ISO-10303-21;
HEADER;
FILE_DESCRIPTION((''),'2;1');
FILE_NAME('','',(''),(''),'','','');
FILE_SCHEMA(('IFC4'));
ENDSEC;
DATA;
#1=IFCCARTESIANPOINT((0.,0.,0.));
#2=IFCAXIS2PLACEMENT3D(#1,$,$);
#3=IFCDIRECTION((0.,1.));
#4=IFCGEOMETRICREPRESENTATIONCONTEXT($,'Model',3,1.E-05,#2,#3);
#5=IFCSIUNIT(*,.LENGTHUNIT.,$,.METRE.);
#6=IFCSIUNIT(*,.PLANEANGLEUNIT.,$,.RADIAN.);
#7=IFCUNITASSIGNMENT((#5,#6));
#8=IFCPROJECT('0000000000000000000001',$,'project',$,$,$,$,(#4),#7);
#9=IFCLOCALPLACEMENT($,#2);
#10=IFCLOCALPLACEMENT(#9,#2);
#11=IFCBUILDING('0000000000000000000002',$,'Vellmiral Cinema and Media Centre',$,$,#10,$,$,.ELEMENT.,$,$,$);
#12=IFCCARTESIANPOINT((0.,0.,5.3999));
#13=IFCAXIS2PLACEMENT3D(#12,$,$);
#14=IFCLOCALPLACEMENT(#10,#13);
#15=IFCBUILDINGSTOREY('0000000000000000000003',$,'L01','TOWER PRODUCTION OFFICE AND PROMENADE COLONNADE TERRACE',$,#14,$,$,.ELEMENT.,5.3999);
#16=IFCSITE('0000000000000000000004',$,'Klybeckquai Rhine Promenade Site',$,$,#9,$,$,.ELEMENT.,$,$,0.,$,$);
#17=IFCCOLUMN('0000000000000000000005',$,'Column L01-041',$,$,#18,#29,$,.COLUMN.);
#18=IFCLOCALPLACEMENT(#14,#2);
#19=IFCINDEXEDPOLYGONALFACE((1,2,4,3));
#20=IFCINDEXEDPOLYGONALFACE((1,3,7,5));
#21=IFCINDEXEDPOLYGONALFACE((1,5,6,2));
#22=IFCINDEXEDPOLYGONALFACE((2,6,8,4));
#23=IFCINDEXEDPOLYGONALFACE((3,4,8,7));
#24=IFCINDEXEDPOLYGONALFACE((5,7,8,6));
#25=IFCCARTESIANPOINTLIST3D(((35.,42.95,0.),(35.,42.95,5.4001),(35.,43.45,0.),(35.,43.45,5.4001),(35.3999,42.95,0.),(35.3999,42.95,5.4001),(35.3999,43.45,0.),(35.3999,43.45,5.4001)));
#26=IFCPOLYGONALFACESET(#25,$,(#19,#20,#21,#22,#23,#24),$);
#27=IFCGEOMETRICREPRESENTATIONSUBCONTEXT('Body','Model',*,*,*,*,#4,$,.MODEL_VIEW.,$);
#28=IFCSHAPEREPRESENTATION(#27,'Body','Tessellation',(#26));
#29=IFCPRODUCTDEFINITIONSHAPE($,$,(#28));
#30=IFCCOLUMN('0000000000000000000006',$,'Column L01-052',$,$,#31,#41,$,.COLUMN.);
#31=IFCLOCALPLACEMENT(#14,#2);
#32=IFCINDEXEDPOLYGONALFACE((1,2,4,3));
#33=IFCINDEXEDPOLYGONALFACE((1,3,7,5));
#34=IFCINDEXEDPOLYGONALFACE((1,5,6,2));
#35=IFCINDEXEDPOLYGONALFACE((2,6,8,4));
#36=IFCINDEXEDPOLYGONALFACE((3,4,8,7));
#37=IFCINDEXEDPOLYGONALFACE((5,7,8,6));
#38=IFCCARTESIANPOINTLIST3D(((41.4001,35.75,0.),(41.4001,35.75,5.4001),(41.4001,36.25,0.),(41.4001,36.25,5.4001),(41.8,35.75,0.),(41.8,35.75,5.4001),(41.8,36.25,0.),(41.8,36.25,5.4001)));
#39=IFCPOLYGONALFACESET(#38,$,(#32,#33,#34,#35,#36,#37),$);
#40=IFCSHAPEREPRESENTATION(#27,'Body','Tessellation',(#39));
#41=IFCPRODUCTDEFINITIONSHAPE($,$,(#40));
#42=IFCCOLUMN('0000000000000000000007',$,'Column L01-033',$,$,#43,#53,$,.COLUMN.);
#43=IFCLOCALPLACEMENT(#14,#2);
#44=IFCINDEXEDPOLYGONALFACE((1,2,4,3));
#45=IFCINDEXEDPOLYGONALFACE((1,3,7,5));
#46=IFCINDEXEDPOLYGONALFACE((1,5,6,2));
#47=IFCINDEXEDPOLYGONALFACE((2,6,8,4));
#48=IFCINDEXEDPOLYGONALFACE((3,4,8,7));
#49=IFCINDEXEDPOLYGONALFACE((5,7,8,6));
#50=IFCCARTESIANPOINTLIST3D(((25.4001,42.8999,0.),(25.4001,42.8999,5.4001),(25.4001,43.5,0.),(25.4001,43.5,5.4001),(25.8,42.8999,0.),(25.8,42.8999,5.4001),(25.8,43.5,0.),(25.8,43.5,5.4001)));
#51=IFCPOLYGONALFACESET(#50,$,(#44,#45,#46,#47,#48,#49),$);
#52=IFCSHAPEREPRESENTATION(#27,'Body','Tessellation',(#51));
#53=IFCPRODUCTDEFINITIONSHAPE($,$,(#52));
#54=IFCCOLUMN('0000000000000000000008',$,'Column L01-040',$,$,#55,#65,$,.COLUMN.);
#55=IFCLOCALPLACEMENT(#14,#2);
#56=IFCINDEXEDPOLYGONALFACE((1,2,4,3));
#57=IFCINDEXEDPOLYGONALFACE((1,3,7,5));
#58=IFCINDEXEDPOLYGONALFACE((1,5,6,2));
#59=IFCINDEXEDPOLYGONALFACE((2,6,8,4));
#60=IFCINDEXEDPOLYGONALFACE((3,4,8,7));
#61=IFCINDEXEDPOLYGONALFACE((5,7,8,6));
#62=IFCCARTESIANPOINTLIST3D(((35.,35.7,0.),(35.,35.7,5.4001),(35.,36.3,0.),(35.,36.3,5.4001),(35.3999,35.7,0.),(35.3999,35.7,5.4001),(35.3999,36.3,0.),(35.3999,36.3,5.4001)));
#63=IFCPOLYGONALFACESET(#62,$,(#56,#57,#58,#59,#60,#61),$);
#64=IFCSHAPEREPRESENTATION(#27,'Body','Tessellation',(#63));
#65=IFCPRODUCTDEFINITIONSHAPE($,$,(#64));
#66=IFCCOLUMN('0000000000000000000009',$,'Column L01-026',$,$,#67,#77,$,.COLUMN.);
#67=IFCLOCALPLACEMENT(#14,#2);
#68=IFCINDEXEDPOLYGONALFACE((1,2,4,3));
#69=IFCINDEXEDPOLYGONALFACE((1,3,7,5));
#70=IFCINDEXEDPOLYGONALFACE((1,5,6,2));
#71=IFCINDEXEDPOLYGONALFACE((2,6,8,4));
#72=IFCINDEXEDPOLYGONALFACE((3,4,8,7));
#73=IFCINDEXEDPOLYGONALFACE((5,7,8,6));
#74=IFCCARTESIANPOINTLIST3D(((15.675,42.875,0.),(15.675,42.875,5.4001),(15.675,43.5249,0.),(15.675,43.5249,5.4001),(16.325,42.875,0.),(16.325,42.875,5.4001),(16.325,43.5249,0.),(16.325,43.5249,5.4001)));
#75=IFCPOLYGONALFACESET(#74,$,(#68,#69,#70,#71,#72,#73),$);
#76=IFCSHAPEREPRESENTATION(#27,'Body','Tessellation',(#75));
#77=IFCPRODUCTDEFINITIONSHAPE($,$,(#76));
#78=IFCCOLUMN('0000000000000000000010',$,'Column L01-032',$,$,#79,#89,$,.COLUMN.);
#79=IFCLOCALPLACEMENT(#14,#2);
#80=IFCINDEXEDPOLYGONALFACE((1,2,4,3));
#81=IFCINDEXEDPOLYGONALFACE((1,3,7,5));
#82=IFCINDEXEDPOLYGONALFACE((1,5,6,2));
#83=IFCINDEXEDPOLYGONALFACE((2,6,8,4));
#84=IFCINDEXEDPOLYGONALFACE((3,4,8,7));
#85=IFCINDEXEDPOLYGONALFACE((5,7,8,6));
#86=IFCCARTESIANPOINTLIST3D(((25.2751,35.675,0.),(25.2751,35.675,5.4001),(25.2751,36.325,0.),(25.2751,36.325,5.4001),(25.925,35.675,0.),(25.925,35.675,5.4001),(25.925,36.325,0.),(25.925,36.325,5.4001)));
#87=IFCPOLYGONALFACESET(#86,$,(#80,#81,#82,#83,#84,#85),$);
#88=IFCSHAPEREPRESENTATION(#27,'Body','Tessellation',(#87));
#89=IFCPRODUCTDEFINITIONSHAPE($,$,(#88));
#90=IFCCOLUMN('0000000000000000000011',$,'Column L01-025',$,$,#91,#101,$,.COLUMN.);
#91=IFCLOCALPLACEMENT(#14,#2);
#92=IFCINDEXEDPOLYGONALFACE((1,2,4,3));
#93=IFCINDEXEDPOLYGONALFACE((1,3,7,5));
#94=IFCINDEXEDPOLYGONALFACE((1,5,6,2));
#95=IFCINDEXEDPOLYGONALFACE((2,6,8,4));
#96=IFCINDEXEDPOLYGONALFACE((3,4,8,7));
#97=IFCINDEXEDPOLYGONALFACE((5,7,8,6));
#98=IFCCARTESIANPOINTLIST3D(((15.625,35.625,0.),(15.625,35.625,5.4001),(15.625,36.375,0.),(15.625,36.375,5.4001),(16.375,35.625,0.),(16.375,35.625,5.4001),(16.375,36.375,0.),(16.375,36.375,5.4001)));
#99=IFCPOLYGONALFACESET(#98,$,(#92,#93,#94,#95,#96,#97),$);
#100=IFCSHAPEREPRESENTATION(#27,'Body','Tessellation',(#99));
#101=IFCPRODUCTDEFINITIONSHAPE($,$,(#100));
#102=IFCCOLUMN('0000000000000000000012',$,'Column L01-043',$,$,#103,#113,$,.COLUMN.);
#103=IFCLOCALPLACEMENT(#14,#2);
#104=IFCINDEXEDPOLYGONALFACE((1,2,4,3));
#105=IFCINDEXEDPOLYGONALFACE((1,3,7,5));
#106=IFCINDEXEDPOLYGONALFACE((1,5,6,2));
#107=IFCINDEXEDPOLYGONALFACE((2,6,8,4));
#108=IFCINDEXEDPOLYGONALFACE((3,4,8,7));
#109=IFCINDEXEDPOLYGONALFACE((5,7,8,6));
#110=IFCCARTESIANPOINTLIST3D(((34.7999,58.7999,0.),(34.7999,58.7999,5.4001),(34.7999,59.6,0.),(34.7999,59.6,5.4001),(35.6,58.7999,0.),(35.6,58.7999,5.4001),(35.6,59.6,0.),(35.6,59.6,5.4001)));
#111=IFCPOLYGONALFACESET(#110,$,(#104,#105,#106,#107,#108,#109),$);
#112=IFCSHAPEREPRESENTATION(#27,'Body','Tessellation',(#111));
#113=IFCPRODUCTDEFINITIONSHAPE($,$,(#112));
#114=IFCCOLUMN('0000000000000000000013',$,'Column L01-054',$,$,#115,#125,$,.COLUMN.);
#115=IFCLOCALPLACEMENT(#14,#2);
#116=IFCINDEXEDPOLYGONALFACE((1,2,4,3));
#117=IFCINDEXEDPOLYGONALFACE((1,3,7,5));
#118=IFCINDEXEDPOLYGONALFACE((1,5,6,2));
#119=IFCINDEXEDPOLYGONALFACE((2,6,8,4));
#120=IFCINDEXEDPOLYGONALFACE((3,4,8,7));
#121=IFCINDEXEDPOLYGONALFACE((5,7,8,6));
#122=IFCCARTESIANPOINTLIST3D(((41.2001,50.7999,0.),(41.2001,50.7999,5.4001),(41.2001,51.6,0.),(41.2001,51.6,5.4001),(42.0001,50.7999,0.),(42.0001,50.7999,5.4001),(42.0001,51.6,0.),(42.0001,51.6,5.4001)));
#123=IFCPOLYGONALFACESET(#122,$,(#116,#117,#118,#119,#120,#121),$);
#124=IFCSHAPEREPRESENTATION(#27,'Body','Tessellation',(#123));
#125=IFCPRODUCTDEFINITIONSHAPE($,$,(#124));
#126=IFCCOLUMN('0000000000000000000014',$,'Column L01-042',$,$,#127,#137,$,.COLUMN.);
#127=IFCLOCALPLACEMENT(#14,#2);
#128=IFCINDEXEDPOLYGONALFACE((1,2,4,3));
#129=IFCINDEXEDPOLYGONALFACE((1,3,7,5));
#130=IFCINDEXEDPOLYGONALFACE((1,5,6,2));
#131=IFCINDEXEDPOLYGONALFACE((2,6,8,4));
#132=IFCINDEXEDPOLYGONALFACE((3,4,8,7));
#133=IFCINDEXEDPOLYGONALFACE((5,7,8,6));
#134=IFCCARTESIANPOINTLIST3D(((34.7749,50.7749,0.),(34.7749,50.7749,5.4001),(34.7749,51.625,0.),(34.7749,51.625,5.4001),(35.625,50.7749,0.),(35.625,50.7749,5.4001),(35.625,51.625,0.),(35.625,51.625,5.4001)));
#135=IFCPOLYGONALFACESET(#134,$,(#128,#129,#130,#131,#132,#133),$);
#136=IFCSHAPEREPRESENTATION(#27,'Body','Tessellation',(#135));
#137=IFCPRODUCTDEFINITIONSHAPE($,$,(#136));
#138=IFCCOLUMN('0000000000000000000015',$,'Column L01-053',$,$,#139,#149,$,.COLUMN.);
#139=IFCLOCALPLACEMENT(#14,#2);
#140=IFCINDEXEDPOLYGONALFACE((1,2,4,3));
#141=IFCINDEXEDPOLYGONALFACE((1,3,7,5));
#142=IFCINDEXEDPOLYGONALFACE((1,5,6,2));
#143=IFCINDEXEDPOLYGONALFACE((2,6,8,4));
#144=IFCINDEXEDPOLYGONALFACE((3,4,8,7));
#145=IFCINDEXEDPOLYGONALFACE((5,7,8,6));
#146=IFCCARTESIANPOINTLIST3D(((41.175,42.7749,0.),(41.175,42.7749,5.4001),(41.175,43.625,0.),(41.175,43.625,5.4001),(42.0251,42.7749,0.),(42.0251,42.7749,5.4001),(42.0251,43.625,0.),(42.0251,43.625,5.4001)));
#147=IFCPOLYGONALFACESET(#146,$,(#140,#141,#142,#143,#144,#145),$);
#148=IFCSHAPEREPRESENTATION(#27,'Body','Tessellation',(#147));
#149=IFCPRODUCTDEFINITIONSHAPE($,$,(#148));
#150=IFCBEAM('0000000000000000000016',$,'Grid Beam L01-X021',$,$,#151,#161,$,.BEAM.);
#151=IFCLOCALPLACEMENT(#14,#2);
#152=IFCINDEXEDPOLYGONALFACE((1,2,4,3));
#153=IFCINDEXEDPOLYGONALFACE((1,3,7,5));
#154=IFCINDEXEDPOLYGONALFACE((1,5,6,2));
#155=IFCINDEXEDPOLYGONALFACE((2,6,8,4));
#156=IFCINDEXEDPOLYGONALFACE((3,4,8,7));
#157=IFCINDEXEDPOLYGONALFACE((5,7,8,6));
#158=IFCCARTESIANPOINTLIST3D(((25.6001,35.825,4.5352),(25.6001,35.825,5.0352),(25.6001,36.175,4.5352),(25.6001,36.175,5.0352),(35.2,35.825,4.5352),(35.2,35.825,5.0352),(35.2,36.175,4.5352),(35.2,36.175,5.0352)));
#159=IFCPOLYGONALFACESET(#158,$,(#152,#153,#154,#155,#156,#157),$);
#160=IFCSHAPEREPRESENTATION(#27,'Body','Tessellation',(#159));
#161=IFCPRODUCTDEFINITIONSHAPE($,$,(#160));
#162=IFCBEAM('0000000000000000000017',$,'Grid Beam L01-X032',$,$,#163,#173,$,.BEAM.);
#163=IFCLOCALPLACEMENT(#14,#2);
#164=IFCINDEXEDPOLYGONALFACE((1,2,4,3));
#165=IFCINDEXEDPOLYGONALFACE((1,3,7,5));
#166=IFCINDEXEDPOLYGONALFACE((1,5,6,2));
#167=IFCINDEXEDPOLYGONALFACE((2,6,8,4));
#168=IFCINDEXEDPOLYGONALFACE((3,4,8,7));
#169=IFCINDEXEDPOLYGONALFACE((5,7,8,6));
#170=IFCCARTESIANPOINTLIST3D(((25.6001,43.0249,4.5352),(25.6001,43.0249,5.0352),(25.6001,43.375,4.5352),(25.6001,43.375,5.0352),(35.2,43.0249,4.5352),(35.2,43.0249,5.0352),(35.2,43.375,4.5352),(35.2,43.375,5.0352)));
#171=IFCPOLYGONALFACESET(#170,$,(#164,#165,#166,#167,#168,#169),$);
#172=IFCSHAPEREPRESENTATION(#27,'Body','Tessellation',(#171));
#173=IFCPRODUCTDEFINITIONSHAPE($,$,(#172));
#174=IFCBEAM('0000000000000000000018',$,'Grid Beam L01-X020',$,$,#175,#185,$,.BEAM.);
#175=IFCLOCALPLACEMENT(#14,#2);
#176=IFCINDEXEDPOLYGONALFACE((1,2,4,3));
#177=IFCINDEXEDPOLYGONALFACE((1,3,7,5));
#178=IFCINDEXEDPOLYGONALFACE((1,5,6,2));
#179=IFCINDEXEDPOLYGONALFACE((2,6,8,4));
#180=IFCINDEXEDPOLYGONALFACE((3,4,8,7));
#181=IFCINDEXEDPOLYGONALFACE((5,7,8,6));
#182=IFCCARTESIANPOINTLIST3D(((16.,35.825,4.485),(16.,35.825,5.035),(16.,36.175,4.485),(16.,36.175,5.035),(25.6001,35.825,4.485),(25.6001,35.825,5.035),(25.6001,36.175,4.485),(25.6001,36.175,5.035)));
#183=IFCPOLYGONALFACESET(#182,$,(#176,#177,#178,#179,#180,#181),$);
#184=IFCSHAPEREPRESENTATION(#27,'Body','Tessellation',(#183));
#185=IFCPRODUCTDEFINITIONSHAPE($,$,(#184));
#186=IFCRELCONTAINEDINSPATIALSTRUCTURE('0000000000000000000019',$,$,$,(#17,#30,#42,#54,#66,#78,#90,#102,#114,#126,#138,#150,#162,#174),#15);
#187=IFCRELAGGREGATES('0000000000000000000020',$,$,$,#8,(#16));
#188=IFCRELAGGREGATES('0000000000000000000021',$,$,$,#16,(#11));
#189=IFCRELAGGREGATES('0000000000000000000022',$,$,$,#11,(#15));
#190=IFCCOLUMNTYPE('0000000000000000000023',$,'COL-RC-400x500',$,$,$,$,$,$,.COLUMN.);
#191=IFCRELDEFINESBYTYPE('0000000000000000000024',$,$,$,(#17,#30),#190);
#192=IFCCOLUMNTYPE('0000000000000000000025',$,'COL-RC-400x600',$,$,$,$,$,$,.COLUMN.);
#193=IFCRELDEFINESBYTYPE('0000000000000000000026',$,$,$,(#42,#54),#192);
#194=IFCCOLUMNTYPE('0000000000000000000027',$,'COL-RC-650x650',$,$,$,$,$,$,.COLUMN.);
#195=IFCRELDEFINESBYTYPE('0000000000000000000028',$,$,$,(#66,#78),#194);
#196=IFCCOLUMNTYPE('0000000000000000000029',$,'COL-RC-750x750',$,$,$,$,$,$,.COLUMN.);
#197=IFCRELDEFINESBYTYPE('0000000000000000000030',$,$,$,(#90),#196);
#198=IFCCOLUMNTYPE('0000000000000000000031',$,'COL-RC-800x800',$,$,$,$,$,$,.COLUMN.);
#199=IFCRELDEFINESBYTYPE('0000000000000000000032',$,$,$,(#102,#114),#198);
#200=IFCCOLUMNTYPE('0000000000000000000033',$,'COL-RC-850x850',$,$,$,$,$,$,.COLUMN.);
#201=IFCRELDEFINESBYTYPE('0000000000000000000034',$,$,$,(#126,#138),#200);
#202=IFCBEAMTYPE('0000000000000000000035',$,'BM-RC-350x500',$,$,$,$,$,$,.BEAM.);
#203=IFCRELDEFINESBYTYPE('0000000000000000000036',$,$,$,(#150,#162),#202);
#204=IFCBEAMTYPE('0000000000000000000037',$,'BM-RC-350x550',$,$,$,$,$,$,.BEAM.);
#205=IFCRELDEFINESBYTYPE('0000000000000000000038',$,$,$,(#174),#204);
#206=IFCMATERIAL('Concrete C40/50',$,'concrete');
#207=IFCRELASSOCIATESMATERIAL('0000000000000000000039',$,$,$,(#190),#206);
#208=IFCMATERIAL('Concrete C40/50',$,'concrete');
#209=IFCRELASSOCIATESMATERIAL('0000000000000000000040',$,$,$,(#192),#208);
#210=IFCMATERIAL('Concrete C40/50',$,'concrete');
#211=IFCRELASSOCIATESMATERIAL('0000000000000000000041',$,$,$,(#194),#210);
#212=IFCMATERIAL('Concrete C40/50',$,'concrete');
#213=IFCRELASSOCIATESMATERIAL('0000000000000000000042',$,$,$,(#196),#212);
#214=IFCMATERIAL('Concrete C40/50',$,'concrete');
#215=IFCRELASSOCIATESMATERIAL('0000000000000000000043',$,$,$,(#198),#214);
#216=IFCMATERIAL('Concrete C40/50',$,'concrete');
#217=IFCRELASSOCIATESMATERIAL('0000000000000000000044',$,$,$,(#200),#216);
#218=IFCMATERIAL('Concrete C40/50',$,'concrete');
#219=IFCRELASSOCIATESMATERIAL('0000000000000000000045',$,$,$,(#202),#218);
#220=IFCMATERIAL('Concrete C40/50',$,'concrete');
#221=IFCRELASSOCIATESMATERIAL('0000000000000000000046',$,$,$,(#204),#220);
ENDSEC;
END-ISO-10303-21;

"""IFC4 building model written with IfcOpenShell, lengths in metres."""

from ifc_helpers import new_model, si_unit, direction, frame, origin, origin_2d, place, context, subcontext, project, spatial, rectangle, extrude, material, material_profile, profile_set, type_object, element, save


model = new_model("IFC4")

# Units and contexts
model_context = context("Model", 3, precision=1e-05, world=origin(), true_north=direction((0.0, 1.0)))
body_context = subcontext(model_context, "Body", "Model", "MODEL_VIEW")
ifc_project = project(units=[si_unit("LENGTHUNIT", "METRE"), si_unit("PLANEANGLEUNIT", "RADIAN")], contexts=[model_context])

# Site, building, storey
site_placement = place(None, origin())
site = spatial("IfcSite", under=ifc_project, at=site_placement, Name="Klybeckquai Rhine Promenade Site", CompositionType="ELEMENT", RefElevation=0.0)
building_placement = place(site_placement, origin())
building = spatial("IfcBuilding", under=site, at=building_placement, Name="Vellmiral Cinema and Media Centre", CompositionType="ELEMENT")
storey_placement = place(building_placement, frame((0.0, 0.0, 5.3999)))
storey = spatial("IfcBuildingStorey", under=building, at=storey_placement, Name="L01", Description="TOWER PRODUCTION OFFICE AND PROMENADE COLONNADE TERRACE", CompositionType="ELEMENT", Elevation=5.3999)

# Columns
ifc_material_1 = material(Name="Concrete C40/50", Category="concrete")
ifc_material_profile_1 = material_profile(ifc_material_1, rectangle(XDim=0.3999, YDim=0.5, at=origin_2d()), Name="RC 400x500")
ifc_profile_set_1 = profile_set([ifc_material_profile_1], Name="Concrete C40/50")
column_type_1 = type_object("IfcColumnType", Name="COL-RC-400x500", PredefinedType="COLUMN", material=ifc_profile_set_1)
for number, where, z_axis, x_axis, name in (
    (1, (35.2, 43.2, 0.0), (0.0, 0.0, 1.0), (1.0, 0.0, 0.0), "Column L01-041"),
    (2, (41.6001, 36.0, 0.0), (0.0, 0.0, 1.0), (1.0, 0.0, 0.0), "Column L01-052"),
):
    element("IfcColumn", number, at=place(storey_placement, frame(where, z_axis=z_axis, x_axis=x_axis)), inside=storey, type_object=column_type_1, Name=name, PredefinedType="COLUMN", context=body_context, shape_type="SweptSolid", body=[
        extrude(rectangle(XDim=0.3999, YDim=0.5, at=origin_2d()), origin(), (0.0, 0.0, 1.0), 5.4001),
    ])
ifc_material_2 = material(Name="Concrete C40/50", Category="concrete")
ifc_material_profile_2 = material_profile(ifc_material_2, rectangle(XDim=0.3999, YDim=0.6001, at=origin_2d()), Name="RC 400x600")
ifc_profile_set_2 = profile_set([ifc_material_profile_2], Name="Concrete C40/50")
column_type_2 = type_object("IfcColumnType", Name="COL-RC-400x600", PredefinedType="COLUMN", material=ifc_profile_set_2)
for number, where, z_axis, x_axis, name in (
    (3, (25.6001, 43.2, 0.0), (0.0, 0.0, 1.0), (1.0, 0.0, 0.0), "Column L01-033"),
    (4, (35.2, 36.0, 0.0), (0.0, 0.0, 1.0), (1.0, 0.0, 0.0), "Column L01-040"),
):
    element("IfcColumn", number, at=place(storey_placement, frame(where, z_axis=z_axis, x_axis=x_axis)), inside=storey, type_object=column_type_2, Name=name, PredefinedType="COLUMN", context=body_context, shape_type="SweptSolid", body=[
        extrude(rectangle(XDim=0.3999, YDim=0.6001, at=origin_2d()), origin(), (0.0, 0.0, 1.0), 5.4001),
    ])
ifc_material_3 = material(Name="Concrete C40/50", Category="concrete")
ifc_material_profile_3 = material_profile(ifc_material_3, rectangle(XDim=0.6499, YDim=0.6499, at=origin_2d()), Name="RC 650x650")
ifc_profile_set_3 = profile_set([ifc_material_profile_3], Name="Concrete C40/50")
column_type_3 = type_object("IfcColumnType", Name="COL-RC-650x650", PredefinedType="COLUMN", material=ifc_profile_set_3)
for number, where, z_axis, x_axis, name in (
    (5, (16.0, 43.2, 0.0), (0.0, 0.0, 1.0), (1.0, 0.0, 0.0), "Column L01-026"),
    (6, (25.6001, 36.0, 0.0), (0.0, 0.0, 1.0), (1.0, 0.0, 0.0), "Column L01-032"),
):
    element("IfcColumn", number, at=place(storey_placement, frame(where, z_axis=z_axis, x_axis=x_axis)), inside=storey, type_object=column_type_3, Name=name, PredefinedType="COLUMN", context=body_context, shape_type="SweptSolid", body=[
        extrude(rectangle(XDim=0.6499, YDim=0.6499, at=origin_2d()), origin(), (0.0, 0.0, 1.0), 5.4001),
    ])
ifc_material_4 = material(Name="Concrete C40/50", Category="concrete")
ifc_material_profile_4 = material_profile(ifc_material_4, rectangle(XDim=0.75, YDim=0.75, at=origin_2d()), Name="RC 750x750")
ifc_profile_set_4 = profile_set([ifc_material_profile_4], Name="Concrete C40/50")
column_type_4 = type_object("IfcColumnType", Name="COL-RC-750x750", PredefinedType="COLUMN", material=ifc_profile_set_4)
column_placement = place(storey_placement, frame((16.0, 36.0, 0.0), z_axis=(0.0, 0.0, 1.0), x_axis=(1.0, 0.0, 0.0)))
element("IfcColumn", 7, at=column_placement, inside=storey, type_object=column_type_4, Name="Column L01-025", PredefinedType="COLUMN", context=body_context, shape_type="SweptSolid", body=[
    extrude(rectangle(XDim=0.75, YDim=0.75, at=origin_2d()), origin(), (0.0, 0.0, 1.0), 5.4001),
])
ifc_material_5 = material(Name="Concrete C40/50", Category="concrete")
ifc_material_profile_5 = material_profile(ifc_material_5, rectangle(XDim=0.8, YDim=0.8, at=origin_2d()), Name="RC 800x800")
ifc_profile_set_5 = profile_set([ifc_material_profile_5], Name="Concrete C40/50")
column_type_5 = type_object("IfcColumnType", Name="COL-RC-800x800", PredefinedType="COLUMN", material=ifc_profile_set_5)
for number, where, z_axis, x_axis, name in (
    (8, (35.2, 59.2, 0.0), (0.0, 0.0, 1.0), (1.0, 0.0, 0.0), "Column L01-043"),
    (9, (41.6001, 51.2, 0.0), (0.0, 0.0, 1.0), (1.0, 0.0, 0.0), "Column L01-054"),
):
    element("IfcColumn", number, at=place(storey_placement, frame(where, z_axis=z_axis, x_axis=x_axis)), inside=storey, type_object=column_type_5, Name=name, PredefinedType="COLUMN", context=body_context, shape_type="SweptSolid", body=[
        extrude(rectangle(XDim=0.8, YDim=0.8, at=origin_2d()), origin(), (0.0, 0.0, 1.0), 5.4001),
    ])
ifc_material_6 = material(Name="Concrete C40/50", Category="concrete")
ifc_material_profile_6 = material_profile(ifc_material_6, rectangle(XDim=0.8501, YDim=0.8501, at=origin_2d()), Name="RC 850x850")
ifc_profile_set_6 = profile_set([ifc_material_profile_6], Name="Concrete C40/50")
column_type_6 = type_object("IfcColumnType", Name="COL-RC-850x850", PredefinedType="COLUMN", material=ifc_profile_set_6)
for number, where, z_axis, x_axis, name in (
    (10, (35.2, 51.2, 0.0), (0.0, 0.0, 1.0), (1.0, 0.0, 0.0), "Column L01-042"),
    (11, (41.6001, 43.2, 0.0), (0.0, 0.0, 1.0), (1.0, 0.0, 0.0), "Column L01-053"),
):
    element("IfcColumn", number, at=place(storey_placement, frame(where, z_axis=z_axis, x_axis=x_axis)), inside=storey, type_object=column_type_6, Name=name, PredefinedType="COLUMN", context=body_context, shape_type="SweptSolid", body=[
        extrude(rectangle(XDim=0.8501, YDim=0.8501, at=origin_2d()), origin(), (0.0, 0.0, 1.0), 5.4001),
    ])

# Beams
ifc_material_7 = material(Name="Concrete C40/50", Category="concrete")
ifc_material_profile_7 = material_profile(ifc_material_7, rectangle(XDim=0.3501, YDim=0.5, at=origin_2d()), Name="RC 350x500")
ifc_profile_set_7 = profile_set([ifc_material_profile_7], Name="Concrete C40/50")
beam_type_1 = type_object("IfcBeamType", Name="BM-RC-350x500", PredefinedType="BEAM", material=ifc_profile_set_7)
for number, where, z_axis, x_axis, name in (
    (12, (25.6001, 36.0, 4.7852), (1.0, 0.0, 0.0), (0.0, 1.0, 0.0), "Grid Beam L01-X021"),
    (13, (25.6001, 43.2, 4.7852), (1.0, 0.0, 0.0), (0.0, 1.0, 0.0), "Grid Beam L01-X032"),
):
    element("IfcBeam", number, at=place(storey_placement, frame(where, z_axis=z_axis, x_axis=x_axis)), inside=storey, type_object=beam_type_1, Name=name, PredefinedType="BEAM", context=body_context, shape_type="SweptSolid", body=[
        extrude(rectangle(XDim=0.3501, YDim=0.5, at=origin_2d()), origin(), (0.0, 0.0, 1.0), 9.5999),
    ])
ifc_material_8 = material(Name="Concrete C40/50", Category="concrete")
ifc_material_profile_8 = material_profile(ifc_material_8, rectangle(XDim=0.3501, YDim=0.55, at=origin_2d()), Name="RC 350x550")
ifc_profile_set_8 = profile_set([ifc_material_profile_8], Name="Concrete C40/50")
beam_type_2 = type_object("IfcBeamType", Name="BM-RC-350x550", PredefinedType="BEAM", material=ifc_profile_set_8)
for number, where, z_axis, x_axis, name in (
    (14, (16.0, 36.0, 4.76), (1.0, 0.0, 0.0), (0.0, 1.0, 0.0), "Grid Beam L01-X020"),
):
    element("IfcBeam", number, at=place(storey_placement, frame(where, z_axis=z_axis, x_axis=x_axis)), inside=storey, type_object=beam_type_2, Name=name, PredefinedType="BEAM", context=body_context, shape_type="SweptSolid", body=[
        extrude(rectangle(XDim=0.3501, YDim=0.55, at=origin_2d()), origin(), (0.0, 0.0, 1.0), 9.6001),
    ])

save(model, "model.ifc")
